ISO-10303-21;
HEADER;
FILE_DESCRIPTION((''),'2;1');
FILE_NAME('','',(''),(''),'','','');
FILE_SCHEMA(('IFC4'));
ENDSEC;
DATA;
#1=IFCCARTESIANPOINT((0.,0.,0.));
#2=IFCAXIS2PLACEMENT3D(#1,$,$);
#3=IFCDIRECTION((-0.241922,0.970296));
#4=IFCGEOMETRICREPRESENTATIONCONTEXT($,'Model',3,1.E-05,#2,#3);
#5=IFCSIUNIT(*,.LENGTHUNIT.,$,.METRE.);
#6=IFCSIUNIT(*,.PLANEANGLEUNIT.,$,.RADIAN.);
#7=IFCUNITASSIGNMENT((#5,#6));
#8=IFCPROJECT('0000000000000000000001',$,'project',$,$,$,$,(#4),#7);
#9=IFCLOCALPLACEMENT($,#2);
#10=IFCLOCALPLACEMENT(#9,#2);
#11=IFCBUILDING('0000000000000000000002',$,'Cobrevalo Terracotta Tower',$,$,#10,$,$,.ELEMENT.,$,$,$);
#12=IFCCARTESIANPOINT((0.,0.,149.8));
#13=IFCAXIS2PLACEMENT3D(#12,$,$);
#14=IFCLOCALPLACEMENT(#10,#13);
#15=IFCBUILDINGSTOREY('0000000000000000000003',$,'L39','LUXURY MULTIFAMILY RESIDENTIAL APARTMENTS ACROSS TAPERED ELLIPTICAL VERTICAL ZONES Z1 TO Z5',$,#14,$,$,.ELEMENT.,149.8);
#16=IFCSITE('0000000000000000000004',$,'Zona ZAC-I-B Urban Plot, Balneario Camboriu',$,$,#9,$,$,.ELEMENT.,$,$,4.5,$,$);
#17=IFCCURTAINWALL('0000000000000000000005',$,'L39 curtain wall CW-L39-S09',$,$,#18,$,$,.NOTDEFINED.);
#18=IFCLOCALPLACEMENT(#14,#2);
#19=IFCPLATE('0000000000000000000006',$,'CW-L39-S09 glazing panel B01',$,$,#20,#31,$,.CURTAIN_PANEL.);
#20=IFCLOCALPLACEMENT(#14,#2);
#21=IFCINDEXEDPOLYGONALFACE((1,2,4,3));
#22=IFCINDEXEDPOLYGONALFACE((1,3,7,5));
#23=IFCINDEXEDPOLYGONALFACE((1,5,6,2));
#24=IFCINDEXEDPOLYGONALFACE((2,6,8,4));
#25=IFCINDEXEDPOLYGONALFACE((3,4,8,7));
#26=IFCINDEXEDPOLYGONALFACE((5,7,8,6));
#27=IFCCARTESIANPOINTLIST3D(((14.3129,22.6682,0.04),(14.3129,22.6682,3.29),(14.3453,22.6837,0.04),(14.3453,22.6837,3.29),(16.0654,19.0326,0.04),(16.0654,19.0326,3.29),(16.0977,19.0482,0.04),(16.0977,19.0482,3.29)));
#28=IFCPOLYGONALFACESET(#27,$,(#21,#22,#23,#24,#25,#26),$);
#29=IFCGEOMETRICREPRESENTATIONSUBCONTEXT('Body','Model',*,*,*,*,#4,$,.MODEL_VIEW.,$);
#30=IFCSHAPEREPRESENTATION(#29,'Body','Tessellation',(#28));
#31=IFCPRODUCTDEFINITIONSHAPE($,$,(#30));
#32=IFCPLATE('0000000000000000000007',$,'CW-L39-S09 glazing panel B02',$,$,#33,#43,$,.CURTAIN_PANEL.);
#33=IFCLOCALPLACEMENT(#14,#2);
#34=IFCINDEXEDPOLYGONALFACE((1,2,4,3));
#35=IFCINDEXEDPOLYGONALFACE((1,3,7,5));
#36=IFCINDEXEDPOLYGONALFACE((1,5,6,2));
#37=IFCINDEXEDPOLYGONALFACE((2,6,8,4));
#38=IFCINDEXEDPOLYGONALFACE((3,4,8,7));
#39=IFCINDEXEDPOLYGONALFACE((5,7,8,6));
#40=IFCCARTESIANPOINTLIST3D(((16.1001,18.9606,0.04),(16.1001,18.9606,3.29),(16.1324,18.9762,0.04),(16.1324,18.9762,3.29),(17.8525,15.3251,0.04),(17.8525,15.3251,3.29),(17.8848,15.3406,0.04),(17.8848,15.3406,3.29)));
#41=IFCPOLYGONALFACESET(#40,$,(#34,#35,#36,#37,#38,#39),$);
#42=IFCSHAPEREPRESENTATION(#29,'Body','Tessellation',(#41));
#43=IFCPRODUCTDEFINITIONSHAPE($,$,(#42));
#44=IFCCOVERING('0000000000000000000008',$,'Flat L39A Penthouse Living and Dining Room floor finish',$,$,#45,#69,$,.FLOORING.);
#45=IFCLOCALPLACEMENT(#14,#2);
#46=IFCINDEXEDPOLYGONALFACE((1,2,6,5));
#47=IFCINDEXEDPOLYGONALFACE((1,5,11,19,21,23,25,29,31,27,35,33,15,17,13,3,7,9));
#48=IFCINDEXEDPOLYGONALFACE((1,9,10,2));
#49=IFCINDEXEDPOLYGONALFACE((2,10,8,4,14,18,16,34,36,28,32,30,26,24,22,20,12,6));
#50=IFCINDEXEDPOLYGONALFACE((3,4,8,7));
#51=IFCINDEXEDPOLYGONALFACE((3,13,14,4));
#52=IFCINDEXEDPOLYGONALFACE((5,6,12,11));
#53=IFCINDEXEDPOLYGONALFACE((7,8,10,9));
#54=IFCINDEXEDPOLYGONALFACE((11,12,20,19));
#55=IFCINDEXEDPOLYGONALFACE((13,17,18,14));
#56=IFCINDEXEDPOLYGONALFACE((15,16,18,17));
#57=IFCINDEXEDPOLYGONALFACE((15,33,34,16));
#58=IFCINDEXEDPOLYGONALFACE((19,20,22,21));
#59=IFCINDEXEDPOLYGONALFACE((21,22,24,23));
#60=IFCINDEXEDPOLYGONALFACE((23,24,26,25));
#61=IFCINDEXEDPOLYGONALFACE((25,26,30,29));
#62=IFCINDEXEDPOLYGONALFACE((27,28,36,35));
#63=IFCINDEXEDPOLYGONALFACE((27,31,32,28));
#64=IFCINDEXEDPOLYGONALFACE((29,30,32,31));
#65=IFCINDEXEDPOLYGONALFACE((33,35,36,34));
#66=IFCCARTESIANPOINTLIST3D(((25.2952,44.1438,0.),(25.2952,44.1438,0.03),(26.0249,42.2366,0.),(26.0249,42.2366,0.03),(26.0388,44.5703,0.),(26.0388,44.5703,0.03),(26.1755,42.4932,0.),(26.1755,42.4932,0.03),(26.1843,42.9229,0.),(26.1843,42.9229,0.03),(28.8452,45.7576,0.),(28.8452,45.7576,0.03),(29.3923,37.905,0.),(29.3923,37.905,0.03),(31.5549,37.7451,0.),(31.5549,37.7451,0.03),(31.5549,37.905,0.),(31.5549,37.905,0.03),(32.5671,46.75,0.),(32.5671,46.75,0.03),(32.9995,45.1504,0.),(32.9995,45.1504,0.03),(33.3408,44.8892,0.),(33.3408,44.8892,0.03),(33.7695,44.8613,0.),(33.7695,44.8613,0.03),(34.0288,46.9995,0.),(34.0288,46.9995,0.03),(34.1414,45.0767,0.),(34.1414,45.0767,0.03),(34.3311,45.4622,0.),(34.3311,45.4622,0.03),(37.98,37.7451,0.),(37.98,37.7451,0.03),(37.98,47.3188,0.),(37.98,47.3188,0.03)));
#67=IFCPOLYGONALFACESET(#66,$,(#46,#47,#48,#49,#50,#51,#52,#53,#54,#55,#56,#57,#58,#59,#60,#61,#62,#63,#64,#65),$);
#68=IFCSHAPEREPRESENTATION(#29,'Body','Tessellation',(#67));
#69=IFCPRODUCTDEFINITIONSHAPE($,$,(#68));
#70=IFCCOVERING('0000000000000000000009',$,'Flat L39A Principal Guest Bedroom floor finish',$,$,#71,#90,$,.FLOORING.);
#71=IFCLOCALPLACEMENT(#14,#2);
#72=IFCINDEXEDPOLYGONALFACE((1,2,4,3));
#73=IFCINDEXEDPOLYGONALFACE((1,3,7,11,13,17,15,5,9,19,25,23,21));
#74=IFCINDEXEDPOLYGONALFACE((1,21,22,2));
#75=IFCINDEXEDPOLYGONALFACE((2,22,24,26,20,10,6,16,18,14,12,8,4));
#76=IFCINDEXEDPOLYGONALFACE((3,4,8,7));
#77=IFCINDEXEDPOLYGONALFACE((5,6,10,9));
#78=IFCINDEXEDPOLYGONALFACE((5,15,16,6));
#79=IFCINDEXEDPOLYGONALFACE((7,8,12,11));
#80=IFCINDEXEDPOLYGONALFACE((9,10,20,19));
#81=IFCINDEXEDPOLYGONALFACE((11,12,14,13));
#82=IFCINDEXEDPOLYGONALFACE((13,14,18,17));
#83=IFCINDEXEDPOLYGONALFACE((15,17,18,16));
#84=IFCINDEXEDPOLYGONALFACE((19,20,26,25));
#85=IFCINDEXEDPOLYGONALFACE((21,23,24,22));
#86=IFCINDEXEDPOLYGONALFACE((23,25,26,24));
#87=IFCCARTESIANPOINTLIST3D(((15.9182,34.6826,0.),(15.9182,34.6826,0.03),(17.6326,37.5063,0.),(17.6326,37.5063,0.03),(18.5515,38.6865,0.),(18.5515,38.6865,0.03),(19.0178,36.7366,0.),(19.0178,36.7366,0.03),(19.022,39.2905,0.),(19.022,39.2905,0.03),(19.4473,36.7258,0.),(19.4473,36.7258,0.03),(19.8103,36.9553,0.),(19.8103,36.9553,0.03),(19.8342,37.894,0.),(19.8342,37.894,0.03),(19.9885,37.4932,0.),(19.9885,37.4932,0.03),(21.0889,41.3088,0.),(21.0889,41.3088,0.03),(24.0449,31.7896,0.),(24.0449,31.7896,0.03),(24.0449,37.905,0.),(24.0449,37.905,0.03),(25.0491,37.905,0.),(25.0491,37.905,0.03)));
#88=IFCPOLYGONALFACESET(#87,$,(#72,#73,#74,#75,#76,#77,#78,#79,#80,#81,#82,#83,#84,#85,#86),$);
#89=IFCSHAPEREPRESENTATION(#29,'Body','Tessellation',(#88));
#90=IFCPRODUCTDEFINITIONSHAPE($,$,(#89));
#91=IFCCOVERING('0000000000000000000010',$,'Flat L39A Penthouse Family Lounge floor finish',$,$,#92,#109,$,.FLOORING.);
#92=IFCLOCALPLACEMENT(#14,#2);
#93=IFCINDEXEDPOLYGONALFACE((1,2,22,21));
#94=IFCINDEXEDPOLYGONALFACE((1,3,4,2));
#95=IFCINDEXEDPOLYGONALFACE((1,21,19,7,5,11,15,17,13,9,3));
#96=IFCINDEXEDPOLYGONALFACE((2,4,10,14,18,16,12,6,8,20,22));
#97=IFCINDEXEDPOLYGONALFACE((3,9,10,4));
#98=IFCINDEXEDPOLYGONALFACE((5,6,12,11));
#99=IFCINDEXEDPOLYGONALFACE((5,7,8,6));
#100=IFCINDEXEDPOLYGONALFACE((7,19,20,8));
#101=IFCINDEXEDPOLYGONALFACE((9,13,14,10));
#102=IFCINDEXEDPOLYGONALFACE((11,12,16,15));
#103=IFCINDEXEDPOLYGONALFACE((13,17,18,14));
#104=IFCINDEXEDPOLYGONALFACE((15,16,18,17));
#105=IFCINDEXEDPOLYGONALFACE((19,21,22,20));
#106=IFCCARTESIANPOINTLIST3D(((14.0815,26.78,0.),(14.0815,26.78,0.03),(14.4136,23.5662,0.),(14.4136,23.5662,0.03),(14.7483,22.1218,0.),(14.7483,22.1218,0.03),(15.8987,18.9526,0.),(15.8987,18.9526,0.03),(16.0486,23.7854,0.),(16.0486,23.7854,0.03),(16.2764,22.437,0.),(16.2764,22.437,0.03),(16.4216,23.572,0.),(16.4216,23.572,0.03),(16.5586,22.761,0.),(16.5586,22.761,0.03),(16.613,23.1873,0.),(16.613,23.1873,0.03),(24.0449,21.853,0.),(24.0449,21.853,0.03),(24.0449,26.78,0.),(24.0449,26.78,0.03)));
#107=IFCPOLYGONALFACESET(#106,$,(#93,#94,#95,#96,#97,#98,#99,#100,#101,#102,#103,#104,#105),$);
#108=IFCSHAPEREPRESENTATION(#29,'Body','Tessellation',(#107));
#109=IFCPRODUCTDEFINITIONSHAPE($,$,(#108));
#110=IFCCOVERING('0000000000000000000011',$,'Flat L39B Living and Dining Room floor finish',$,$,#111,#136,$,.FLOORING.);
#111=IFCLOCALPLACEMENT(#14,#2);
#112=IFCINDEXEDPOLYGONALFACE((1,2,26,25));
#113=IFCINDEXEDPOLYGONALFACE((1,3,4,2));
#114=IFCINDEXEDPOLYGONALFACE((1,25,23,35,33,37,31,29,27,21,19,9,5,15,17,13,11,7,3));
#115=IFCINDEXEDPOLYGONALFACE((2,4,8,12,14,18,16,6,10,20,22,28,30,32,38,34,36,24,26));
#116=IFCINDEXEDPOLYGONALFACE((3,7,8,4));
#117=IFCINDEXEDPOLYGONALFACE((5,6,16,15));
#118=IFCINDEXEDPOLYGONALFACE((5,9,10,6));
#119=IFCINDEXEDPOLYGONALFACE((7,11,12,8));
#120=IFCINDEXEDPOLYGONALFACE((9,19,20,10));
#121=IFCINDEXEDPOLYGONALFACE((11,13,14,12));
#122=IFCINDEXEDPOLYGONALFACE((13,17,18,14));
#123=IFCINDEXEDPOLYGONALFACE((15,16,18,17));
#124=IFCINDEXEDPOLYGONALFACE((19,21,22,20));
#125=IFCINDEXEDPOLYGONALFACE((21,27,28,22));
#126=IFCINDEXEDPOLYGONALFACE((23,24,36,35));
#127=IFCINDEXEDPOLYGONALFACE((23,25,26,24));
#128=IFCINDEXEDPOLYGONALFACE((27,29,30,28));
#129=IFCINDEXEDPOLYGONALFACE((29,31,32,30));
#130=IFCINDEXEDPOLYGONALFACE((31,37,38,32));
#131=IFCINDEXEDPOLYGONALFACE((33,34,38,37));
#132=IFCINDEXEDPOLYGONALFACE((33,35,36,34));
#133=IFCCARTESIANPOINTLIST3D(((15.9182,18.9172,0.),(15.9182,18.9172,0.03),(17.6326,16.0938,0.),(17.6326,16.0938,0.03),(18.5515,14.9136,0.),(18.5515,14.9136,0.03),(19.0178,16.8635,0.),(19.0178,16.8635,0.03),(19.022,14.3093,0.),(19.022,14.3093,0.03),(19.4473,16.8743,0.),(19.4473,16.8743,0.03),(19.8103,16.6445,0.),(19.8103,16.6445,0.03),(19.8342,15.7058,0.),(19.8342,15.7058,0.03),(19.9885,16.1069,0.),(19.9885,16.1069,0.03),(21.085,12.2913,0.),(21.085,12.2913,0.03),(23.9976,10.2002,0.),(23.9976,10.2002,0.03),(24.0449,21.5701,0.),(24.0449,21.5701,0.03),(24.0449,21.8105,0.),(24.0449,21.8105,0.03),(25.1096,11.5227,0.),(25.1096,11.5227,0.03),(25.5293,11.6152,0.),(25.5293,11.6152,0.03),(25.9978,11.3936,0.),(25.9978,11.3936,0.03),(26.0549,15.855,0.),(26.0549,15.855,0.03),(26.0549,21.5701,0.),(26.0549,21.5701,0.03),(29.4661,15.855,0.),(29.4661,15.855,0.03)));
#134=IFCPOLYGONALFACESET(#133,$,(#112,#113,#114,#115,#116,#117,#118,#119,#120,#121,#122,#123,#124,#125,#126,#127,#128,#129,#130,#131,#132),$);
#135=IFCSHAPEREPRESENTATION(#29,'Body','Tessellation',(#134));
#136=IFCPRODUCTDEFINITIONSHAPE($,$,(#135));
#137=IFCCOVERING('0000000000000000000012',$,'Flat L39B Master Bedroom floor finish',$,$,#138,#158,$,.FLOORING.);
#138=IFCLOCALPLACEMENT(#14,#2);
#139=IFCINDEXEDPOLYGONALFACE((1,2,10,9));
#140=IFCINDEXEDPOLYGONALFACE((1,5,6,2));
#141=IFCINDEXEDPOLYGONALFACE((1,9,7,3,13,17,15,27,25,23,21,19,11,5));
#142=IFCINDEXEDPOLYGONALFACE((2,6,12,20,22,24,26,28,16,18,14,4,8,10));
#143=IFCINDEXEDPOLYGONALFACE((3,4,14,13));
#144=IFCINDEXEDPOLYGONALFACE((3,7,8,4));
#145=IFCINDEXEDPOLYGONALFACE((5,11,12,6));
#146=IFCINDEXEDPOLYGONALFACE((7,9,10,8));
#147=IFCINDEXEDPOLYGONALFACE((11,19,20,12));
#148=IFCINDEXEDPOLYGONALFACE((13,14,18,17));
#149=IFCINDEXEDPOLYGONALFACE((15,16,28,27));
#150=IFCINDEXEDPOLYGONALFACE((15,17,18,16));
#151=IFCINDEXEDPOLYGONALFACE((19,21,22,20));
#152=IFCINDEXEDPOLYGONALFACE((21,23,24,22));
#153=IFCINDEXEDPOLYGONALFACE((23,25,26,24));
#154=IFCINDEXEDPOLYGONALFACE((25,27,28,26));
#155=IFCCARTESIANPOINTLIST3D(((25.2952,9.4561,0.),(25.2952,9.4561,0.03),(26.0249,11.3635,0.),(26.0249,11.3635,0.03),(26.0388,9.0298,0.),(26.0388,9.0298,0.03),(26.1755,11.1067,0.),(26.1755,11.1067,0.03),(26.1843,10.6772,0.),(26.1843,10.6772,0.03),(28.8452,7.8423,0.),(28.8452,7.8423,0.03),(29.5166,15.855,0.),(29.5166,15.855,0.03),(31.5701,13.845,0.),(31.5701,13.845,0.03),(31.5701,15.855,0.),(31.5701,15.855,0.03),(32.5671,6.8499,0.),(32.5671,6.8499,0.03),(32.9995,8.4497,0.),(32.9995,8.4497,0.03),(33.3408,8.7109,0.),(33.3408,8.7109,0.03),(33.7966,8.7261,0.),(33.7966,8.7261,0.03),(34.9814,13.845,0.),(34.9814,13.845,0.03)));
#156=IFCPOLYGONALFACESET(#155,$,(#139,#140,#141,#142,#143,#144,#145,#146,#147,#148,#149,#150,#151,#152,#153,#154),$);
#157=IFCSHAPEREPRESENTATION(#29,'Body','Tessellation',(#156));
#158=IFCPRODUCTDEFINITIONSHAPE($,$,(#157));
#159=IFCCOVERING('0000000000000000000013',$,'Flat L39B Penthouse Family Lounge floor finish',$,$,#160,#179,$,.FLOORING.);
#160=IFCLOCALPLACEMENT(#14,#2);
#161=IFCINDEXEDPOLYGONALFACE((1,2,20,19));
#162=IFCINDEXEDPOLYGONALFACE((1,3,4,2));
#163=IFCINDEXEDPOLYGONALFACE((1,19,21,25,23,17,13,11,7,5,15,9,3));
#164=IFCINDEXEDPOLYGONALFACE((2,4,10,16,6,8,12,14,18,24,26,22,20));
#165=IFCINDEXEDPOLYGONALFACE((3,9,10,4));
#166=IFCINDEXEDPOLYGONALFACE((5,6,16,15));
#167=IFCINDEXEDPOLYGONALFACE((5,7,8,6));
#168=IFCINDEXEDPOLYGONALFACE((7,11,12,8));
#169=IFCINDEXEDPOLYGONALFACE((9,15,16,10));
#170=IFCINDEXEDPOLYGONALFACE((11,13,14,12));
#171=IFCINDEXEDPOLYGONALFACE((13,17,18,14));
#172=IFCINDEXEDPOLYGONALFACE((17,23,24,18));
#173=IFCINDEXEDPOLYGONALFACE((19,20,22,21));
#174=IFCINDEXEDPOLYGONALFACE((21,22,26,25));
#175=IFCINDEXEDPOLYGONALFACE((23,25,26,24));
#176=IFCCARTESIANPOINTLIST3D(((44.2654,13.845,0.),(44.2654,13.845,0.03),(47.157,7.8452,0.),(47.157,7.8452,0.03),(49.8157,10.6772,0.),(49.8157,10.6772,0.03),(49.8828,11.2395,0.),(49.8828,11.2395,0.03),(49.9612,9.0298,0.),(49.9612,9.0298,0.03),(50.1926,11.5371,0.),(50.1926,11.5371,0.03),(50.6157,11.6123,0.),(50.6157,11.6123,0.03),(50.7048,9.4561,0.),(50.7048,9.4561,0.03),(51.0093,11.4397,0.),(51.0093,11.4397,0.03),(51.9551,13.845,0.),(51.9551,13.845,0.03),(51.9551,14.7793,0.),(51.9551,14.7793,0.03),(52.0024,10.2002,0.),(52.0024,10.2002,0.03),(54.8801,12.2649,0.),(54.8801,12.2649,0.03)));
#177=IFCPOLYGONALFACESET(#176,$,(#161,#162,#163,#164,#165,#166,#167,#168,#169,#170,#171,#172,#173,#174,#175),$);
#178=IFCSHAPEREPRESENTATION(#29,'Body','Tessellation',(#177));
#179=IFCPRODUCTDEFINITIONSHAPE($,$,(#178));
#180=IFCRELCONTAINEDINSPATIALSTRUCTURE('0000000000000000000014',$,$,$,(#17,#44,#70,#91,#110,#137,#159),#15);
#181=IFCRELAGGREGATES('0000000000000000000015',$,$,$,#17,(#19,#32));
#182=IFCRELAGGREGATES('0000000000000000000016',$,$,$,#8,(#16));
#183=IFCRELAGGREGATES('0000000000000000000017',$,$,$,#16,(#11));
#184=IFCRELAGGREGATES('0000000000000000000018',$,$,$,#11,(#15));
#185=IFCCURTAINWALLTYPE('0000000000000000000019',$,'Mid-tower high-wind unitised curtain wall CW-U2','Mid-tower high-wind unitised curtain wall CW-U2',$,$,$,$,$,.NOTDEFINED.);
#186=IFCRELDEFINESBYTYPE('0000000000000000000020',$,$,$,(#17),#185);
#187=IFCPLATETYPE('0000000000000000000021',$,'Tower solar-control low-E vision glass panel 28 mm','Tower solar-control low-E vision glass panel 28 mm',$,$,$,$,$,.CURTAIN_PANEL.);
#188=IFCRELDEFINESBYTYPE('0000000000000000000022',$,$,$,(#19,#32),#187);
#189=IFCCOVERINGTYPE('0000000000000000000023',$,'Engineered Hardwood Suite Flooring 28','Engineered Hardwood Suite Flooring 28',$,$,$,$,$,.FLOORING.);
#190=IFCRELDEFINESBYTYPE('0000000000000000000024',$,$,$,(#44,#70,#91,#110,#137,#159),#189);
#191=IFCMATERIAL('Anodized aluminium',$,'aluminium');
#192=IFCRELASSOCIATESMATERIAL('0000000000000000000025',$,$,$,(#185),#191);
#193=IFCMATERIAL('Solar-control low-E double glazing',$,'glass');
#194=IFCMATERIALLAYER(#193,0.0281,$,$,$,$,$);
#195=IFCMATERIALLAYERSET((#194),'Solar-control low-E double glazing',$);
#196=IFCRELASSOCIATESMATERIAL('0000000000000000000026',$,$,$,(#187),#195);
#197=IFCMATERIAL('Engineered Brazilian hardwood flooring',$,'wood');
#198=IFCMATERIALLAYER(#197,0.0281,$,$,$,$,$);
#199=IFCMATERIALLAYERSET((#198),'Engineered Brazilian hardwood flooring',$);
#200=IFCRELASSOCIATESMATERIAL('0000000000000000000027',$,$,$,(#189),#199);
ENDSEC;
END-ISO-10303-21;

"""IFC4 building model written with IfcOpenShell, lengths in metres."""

from ifc_helpers import new_model, si_unit, direction, frame, origin, origin_2d, place, context, subcontext, project, spatial, polyline, rectangle, outline, extrude, source, transform, mapped, material, layer, layer_set, type_object, element, aggregate, save


model = new_model("IFC4")

# Units and contexts
model_context = context("Model", 3, precision=1e-05, world=origin(), true_north=direction((-0.241922, 0.970296)))
body_context = subcontext(model_context, "Body", "Model", "MODEL_VIEW")
ifc_project = project(units=[si_unit("LENGTHUNIT", "METRE"), si_unit("PLANEANGLEUNIT", "RADIAN")], contexts=[model_context])

# Site, building, storey
site_placement = place(None, origin())
site = spatial("IfcSite", under=ifc_project, at=site_placement, Name="Zona ZAC-I-B Urban Plot, Balneario Camboriu", CompositionType="ELEMENT", RefElevation=4.5)
building_placement = place(site_placement, origin())
building = spatial("IfcBuilding", under=site, at=building_placement, Name="Cobrevalo Terracotta Tower", CompositionType="ELEMENT")
storey_placement = place(building_placement, frame((0.0, 0.0, 149.8)))
storey = spatial("IfcBuildingStorey", under=building, at=storey_placement, Name="L39", Description="LUXURY MULTIFAMILY RESIDENTIAL APARTMENTS ACROSS TAPERED ELLIPTICAL VERTICAL ZONES Z1 TO Z5", CompositionType="ELEMENT", Elevation=149.8)

# Curtain wall
ifc_material_1 = material(Name="Anodized aluminium", Category="aluminium")
curtain_wall_type = type_object("IfcCurtainWallType", Name="Mid-tower high-wind unitised curtain wall CW-U2", Description="Mid-tower high-wind unitised curtain wall CW-U2", PredefinedType="NOTDEFINED", material=ifc_material_1)
curtain_wall_1_placement = place(storey_placement, origin())
curtain_wall_1 = element("IfcCurtainWall", 1, at=curtain_wall_1_placement, inside=storey, type_object=curtain_wall_type, Name="L39 curtain wall CW-L39-S09", PredefinedType="NOTDEFINED")

# Plates
ifc_material_2 = material(Name="Solar-control low-E double glazing", Category="glass")
ifc_layer_1 = layer(ifc_material_2, 0.0281)
ifc_layer_set_1 = layer_set([ifc_layer_1], Name="Solar-control low-E double glazing")
plate_type = type_object("IfcPlateType", Name="Tower solar-control low-E vision glass panel 28 mm", Description="Tower solar-control low-E vision glass panel 28 mm", PredefinedType="CURTAIN_PANEL", material=ifc_layer_set_1)
shared_shape_1 = source(origin(), body_context, "Body", "SweptSolid", [
    extrude(rectangle(XDim=4.0359, YDim=0.0359, at=origin_2d()), origin(), (0.0, 0.0, 1.0), 3.25),
])
plate_1_placement = place(storey_placement, frame((15.2053, 20.8582, 0.04), z_axis=(0.0, 0.0, 1.0), x_axis=(0.434209, -0.900812, 0.0)))
plate_1 = element("IfcPlate", 2, at=plate_1_placement, type_object=plate_type, Name="CW-L39-S09 glazing panel B01", PredefinedType="CURTAIN_PANEL", context=body_context, shape_type="MappedRepresentation", body=[
    mapped(shared_shape_1, transform((0.0, 0.0, 0.0), scale=1.0)),
])
plate_2_placement = place(storey_placement, frame((16.9924, 17.1506, 0.04), z_axis=(0.0, 0.0, 1.0), x_axis=(0.434209, -0.900812, 0.0)))
plate_2 = element("IfcPlate", 3, at=plate_2_placement, type_object=plate_type, Name="CW-L39-S09 glazing panel B02", PredefinedType="CURTAIN_PANEL", context=body_context, shape_type="MappedRepresentation", body=[
    mapped(shared_shape_1, transform((0.0, 0.0, 0.0), scale=1.0)),
])
aggregate(curtain_wall_1, [plate_1, plate_2])

# Coverings
ifc_material_3 = material(Name="Engineered Brazilian hardwood flooring", Category="wood")
ifc_layer_2 = layer(ifc_material_3, 0.0281)
ifc_layer_set_2 = layer_set([ifc_layer_2], Name="Engineered Brazilian hardwood flooring")
covering_type_1 = type_object("IfcCoveringType", Name="Engineered Hardwood Suite Flooring 28", Description="Engineered Hardwood Suite Flooring 28", PredefinedType="FLOORING", material=ifc_layer_set_2)
covering_1_placement = place(storey_placement, origin())
element("IfcCovering", 4, at=covering_1_placement, inside=storey, type_object=covering_type_1, Name="Flat L39A Penthouse Living and Dining Room floor finish", PredefinedType="FLOORING", context=body_context, shape_type="SweptSolid", body=[
    extrude(outline(polyline([(28.8452, 45.7576), (32.5671, 46.75), (32.9995, 45.1504), (33.3408, 44.8892), (33.7695, 44.8613), (34.1414, 45.0767), (34.3311, 45.4622), (34.0288, 46.9995), (37.98, 47.3188), (37.98, 37.7451), (31.5549, 37.7451), (31.5549, 37.905), (29.3923, 37.905), (26.0249, 42.2366), (26.1755, 42.4932), (26.1843, 42.9229), (25.2952, 44.1438), (26.0388, 44.5703), (28.8452, 45.7576)])), origin(), (0.0, 0.0, 1.0), 0.03),
])
covering_2_placement = place(storey_placement, origin())
element("IfcCovering", 5, at=covering_2_placement, inside=storey, type_object=covering_type_1, Name="Flat L39A Principal Guest Bedroom floor finish", PredefinedType="FLOORING", context=body_context, shape_type="SweptSolid", body=[
    extrude(outline(polyline([(17.6326, 37.5063), (19.0178, 36.7366), (19.4473, 36.7258), (19.8103, 36.9553), (19.9885, 37.4932), (19.8342, 37.894), (18.5515, 38.6865), (19.022, 39.2905), (21.0889, 41.3088), (25.0491, 37.905), (24.0449, 37.905), (24.0449, 31.7896), (15.9182, 34.6826), (17.6326, 37.5063)])), origin(), (0.0, 0.0, 1.0), 0.03),
])
covering_3_placement = place(storey_placement, origin())
element("IfcCovering", 6, at=covering_3_placement, inside=storey, type_object=covering_type_1, Name="Flat L39A Penthouse Family Lounge floor finish", PredefinedType="FLOORING", context=body_context, shape_type="SweptSolid", body=[
    extrude(outline(polyline([(14.0815, 26.78), (24.0449, 26.78), (24.0449, 21.853), (15.8987, 18.9526), (14.7483, 22.1218), (16.2764, 22.437), (16.5586, 22.761), (16.613, 23.1873), (16.4216, 23.572), (16.0486, 23.7854), (14.4136, 23.5662), (14.0815, 26.78)])), origin(), (0.0, 0.0, 1.0), 0.03),
])
covering_4_placement = place(storey_placement, origin())
element("IfcCovering", 7, at=covering_4_placement, inside=storey, type_object=covering_type_1, Name="Flat L39B Living and Dining Room floor finish", PredefinedType="FLOORING", context=body_context, shape_type="SweptSolid", body=[
    extrude(outline(polyline([(21.085, 12.2913), (19.022, 14.3093), (18.5515, 14.9136), (19.8342, 15.7058), (19.9885, 16.1069), (19.8103, 16.6445), (19.4473, 16.8743), (19.0178, 16.8635), (17.6326, 16.0938), (15.9182, 18.9172), (24.0449, 21.8105), (24.0449, 21.5701), (26.0549, 21.5701), (26.0549, 15.855), (29.4661, 15.855), (25.9978, 11.3936), (25.5293, 11.6152), (25.1096, 11.5227), (23.9976, 10.2002), (21.085, 12.2913)])), origin(), (0.0, 0.0, 1.0), 0.03),
])
covering_5_placement = place(storey_placement, origin())
element("IfcCovering", 8, at=covering_5_placement, inside=storey, type_object=covering_type_1, Name="Flat L39B Master Bedroom floor finish", PredefinedType="FLOORING", context=body_context, shape_type="SweptSolid", body=[
    extrude(outline(polyline([(28.8452, 7.8423), (26.0388, 9.0298), (25.2952, 9.4561), (26.1843, 10.6772), (26.1755, 11.1067), (26.0249, 11.3635), (29.5166, 15.855), (31.5701, 15.855), (31.5701, 13.845), (34.9814, 13.845), (33.7966, 8.7261), (33.3408, 8.7109), (32.9995, 8.4497), (32.5671, 6.8499), (28.8452, 7.8423)])), origin(), (0.0, 0.0, 1.0), 0.03),
])
covering_6_placement = place(storey_placement, origin())
element("IfcCovering", 9, at=covering_6_placement, inside=storey, type_object=covering_type_1, Name="Flat L39B Penthouse Family Lounge floor finish", PredefinedType="FLOORING", context=body_context, shape_type="SweptSolid", body=[
    extrude(outline(polyline([(47.157, 7.8452), (44.2654, 13.845), (51.9551, 13.845), (51.9551, 14.7793), (54.8801, 12.2649), (52.0024, 10.2002), (51.0093, 11.4397), (50.6157, 11.6123), (50.1926, 11.5371), (49.8828, 11.2395), (49.8157, 10.6772), (50.7048, 9.4561), (49.9612, 9.0298), (47.157, 7.8452)])), origin(), (0.0, 0.0, 1.0), 0.03),
])

save(model, "model.ifc")
